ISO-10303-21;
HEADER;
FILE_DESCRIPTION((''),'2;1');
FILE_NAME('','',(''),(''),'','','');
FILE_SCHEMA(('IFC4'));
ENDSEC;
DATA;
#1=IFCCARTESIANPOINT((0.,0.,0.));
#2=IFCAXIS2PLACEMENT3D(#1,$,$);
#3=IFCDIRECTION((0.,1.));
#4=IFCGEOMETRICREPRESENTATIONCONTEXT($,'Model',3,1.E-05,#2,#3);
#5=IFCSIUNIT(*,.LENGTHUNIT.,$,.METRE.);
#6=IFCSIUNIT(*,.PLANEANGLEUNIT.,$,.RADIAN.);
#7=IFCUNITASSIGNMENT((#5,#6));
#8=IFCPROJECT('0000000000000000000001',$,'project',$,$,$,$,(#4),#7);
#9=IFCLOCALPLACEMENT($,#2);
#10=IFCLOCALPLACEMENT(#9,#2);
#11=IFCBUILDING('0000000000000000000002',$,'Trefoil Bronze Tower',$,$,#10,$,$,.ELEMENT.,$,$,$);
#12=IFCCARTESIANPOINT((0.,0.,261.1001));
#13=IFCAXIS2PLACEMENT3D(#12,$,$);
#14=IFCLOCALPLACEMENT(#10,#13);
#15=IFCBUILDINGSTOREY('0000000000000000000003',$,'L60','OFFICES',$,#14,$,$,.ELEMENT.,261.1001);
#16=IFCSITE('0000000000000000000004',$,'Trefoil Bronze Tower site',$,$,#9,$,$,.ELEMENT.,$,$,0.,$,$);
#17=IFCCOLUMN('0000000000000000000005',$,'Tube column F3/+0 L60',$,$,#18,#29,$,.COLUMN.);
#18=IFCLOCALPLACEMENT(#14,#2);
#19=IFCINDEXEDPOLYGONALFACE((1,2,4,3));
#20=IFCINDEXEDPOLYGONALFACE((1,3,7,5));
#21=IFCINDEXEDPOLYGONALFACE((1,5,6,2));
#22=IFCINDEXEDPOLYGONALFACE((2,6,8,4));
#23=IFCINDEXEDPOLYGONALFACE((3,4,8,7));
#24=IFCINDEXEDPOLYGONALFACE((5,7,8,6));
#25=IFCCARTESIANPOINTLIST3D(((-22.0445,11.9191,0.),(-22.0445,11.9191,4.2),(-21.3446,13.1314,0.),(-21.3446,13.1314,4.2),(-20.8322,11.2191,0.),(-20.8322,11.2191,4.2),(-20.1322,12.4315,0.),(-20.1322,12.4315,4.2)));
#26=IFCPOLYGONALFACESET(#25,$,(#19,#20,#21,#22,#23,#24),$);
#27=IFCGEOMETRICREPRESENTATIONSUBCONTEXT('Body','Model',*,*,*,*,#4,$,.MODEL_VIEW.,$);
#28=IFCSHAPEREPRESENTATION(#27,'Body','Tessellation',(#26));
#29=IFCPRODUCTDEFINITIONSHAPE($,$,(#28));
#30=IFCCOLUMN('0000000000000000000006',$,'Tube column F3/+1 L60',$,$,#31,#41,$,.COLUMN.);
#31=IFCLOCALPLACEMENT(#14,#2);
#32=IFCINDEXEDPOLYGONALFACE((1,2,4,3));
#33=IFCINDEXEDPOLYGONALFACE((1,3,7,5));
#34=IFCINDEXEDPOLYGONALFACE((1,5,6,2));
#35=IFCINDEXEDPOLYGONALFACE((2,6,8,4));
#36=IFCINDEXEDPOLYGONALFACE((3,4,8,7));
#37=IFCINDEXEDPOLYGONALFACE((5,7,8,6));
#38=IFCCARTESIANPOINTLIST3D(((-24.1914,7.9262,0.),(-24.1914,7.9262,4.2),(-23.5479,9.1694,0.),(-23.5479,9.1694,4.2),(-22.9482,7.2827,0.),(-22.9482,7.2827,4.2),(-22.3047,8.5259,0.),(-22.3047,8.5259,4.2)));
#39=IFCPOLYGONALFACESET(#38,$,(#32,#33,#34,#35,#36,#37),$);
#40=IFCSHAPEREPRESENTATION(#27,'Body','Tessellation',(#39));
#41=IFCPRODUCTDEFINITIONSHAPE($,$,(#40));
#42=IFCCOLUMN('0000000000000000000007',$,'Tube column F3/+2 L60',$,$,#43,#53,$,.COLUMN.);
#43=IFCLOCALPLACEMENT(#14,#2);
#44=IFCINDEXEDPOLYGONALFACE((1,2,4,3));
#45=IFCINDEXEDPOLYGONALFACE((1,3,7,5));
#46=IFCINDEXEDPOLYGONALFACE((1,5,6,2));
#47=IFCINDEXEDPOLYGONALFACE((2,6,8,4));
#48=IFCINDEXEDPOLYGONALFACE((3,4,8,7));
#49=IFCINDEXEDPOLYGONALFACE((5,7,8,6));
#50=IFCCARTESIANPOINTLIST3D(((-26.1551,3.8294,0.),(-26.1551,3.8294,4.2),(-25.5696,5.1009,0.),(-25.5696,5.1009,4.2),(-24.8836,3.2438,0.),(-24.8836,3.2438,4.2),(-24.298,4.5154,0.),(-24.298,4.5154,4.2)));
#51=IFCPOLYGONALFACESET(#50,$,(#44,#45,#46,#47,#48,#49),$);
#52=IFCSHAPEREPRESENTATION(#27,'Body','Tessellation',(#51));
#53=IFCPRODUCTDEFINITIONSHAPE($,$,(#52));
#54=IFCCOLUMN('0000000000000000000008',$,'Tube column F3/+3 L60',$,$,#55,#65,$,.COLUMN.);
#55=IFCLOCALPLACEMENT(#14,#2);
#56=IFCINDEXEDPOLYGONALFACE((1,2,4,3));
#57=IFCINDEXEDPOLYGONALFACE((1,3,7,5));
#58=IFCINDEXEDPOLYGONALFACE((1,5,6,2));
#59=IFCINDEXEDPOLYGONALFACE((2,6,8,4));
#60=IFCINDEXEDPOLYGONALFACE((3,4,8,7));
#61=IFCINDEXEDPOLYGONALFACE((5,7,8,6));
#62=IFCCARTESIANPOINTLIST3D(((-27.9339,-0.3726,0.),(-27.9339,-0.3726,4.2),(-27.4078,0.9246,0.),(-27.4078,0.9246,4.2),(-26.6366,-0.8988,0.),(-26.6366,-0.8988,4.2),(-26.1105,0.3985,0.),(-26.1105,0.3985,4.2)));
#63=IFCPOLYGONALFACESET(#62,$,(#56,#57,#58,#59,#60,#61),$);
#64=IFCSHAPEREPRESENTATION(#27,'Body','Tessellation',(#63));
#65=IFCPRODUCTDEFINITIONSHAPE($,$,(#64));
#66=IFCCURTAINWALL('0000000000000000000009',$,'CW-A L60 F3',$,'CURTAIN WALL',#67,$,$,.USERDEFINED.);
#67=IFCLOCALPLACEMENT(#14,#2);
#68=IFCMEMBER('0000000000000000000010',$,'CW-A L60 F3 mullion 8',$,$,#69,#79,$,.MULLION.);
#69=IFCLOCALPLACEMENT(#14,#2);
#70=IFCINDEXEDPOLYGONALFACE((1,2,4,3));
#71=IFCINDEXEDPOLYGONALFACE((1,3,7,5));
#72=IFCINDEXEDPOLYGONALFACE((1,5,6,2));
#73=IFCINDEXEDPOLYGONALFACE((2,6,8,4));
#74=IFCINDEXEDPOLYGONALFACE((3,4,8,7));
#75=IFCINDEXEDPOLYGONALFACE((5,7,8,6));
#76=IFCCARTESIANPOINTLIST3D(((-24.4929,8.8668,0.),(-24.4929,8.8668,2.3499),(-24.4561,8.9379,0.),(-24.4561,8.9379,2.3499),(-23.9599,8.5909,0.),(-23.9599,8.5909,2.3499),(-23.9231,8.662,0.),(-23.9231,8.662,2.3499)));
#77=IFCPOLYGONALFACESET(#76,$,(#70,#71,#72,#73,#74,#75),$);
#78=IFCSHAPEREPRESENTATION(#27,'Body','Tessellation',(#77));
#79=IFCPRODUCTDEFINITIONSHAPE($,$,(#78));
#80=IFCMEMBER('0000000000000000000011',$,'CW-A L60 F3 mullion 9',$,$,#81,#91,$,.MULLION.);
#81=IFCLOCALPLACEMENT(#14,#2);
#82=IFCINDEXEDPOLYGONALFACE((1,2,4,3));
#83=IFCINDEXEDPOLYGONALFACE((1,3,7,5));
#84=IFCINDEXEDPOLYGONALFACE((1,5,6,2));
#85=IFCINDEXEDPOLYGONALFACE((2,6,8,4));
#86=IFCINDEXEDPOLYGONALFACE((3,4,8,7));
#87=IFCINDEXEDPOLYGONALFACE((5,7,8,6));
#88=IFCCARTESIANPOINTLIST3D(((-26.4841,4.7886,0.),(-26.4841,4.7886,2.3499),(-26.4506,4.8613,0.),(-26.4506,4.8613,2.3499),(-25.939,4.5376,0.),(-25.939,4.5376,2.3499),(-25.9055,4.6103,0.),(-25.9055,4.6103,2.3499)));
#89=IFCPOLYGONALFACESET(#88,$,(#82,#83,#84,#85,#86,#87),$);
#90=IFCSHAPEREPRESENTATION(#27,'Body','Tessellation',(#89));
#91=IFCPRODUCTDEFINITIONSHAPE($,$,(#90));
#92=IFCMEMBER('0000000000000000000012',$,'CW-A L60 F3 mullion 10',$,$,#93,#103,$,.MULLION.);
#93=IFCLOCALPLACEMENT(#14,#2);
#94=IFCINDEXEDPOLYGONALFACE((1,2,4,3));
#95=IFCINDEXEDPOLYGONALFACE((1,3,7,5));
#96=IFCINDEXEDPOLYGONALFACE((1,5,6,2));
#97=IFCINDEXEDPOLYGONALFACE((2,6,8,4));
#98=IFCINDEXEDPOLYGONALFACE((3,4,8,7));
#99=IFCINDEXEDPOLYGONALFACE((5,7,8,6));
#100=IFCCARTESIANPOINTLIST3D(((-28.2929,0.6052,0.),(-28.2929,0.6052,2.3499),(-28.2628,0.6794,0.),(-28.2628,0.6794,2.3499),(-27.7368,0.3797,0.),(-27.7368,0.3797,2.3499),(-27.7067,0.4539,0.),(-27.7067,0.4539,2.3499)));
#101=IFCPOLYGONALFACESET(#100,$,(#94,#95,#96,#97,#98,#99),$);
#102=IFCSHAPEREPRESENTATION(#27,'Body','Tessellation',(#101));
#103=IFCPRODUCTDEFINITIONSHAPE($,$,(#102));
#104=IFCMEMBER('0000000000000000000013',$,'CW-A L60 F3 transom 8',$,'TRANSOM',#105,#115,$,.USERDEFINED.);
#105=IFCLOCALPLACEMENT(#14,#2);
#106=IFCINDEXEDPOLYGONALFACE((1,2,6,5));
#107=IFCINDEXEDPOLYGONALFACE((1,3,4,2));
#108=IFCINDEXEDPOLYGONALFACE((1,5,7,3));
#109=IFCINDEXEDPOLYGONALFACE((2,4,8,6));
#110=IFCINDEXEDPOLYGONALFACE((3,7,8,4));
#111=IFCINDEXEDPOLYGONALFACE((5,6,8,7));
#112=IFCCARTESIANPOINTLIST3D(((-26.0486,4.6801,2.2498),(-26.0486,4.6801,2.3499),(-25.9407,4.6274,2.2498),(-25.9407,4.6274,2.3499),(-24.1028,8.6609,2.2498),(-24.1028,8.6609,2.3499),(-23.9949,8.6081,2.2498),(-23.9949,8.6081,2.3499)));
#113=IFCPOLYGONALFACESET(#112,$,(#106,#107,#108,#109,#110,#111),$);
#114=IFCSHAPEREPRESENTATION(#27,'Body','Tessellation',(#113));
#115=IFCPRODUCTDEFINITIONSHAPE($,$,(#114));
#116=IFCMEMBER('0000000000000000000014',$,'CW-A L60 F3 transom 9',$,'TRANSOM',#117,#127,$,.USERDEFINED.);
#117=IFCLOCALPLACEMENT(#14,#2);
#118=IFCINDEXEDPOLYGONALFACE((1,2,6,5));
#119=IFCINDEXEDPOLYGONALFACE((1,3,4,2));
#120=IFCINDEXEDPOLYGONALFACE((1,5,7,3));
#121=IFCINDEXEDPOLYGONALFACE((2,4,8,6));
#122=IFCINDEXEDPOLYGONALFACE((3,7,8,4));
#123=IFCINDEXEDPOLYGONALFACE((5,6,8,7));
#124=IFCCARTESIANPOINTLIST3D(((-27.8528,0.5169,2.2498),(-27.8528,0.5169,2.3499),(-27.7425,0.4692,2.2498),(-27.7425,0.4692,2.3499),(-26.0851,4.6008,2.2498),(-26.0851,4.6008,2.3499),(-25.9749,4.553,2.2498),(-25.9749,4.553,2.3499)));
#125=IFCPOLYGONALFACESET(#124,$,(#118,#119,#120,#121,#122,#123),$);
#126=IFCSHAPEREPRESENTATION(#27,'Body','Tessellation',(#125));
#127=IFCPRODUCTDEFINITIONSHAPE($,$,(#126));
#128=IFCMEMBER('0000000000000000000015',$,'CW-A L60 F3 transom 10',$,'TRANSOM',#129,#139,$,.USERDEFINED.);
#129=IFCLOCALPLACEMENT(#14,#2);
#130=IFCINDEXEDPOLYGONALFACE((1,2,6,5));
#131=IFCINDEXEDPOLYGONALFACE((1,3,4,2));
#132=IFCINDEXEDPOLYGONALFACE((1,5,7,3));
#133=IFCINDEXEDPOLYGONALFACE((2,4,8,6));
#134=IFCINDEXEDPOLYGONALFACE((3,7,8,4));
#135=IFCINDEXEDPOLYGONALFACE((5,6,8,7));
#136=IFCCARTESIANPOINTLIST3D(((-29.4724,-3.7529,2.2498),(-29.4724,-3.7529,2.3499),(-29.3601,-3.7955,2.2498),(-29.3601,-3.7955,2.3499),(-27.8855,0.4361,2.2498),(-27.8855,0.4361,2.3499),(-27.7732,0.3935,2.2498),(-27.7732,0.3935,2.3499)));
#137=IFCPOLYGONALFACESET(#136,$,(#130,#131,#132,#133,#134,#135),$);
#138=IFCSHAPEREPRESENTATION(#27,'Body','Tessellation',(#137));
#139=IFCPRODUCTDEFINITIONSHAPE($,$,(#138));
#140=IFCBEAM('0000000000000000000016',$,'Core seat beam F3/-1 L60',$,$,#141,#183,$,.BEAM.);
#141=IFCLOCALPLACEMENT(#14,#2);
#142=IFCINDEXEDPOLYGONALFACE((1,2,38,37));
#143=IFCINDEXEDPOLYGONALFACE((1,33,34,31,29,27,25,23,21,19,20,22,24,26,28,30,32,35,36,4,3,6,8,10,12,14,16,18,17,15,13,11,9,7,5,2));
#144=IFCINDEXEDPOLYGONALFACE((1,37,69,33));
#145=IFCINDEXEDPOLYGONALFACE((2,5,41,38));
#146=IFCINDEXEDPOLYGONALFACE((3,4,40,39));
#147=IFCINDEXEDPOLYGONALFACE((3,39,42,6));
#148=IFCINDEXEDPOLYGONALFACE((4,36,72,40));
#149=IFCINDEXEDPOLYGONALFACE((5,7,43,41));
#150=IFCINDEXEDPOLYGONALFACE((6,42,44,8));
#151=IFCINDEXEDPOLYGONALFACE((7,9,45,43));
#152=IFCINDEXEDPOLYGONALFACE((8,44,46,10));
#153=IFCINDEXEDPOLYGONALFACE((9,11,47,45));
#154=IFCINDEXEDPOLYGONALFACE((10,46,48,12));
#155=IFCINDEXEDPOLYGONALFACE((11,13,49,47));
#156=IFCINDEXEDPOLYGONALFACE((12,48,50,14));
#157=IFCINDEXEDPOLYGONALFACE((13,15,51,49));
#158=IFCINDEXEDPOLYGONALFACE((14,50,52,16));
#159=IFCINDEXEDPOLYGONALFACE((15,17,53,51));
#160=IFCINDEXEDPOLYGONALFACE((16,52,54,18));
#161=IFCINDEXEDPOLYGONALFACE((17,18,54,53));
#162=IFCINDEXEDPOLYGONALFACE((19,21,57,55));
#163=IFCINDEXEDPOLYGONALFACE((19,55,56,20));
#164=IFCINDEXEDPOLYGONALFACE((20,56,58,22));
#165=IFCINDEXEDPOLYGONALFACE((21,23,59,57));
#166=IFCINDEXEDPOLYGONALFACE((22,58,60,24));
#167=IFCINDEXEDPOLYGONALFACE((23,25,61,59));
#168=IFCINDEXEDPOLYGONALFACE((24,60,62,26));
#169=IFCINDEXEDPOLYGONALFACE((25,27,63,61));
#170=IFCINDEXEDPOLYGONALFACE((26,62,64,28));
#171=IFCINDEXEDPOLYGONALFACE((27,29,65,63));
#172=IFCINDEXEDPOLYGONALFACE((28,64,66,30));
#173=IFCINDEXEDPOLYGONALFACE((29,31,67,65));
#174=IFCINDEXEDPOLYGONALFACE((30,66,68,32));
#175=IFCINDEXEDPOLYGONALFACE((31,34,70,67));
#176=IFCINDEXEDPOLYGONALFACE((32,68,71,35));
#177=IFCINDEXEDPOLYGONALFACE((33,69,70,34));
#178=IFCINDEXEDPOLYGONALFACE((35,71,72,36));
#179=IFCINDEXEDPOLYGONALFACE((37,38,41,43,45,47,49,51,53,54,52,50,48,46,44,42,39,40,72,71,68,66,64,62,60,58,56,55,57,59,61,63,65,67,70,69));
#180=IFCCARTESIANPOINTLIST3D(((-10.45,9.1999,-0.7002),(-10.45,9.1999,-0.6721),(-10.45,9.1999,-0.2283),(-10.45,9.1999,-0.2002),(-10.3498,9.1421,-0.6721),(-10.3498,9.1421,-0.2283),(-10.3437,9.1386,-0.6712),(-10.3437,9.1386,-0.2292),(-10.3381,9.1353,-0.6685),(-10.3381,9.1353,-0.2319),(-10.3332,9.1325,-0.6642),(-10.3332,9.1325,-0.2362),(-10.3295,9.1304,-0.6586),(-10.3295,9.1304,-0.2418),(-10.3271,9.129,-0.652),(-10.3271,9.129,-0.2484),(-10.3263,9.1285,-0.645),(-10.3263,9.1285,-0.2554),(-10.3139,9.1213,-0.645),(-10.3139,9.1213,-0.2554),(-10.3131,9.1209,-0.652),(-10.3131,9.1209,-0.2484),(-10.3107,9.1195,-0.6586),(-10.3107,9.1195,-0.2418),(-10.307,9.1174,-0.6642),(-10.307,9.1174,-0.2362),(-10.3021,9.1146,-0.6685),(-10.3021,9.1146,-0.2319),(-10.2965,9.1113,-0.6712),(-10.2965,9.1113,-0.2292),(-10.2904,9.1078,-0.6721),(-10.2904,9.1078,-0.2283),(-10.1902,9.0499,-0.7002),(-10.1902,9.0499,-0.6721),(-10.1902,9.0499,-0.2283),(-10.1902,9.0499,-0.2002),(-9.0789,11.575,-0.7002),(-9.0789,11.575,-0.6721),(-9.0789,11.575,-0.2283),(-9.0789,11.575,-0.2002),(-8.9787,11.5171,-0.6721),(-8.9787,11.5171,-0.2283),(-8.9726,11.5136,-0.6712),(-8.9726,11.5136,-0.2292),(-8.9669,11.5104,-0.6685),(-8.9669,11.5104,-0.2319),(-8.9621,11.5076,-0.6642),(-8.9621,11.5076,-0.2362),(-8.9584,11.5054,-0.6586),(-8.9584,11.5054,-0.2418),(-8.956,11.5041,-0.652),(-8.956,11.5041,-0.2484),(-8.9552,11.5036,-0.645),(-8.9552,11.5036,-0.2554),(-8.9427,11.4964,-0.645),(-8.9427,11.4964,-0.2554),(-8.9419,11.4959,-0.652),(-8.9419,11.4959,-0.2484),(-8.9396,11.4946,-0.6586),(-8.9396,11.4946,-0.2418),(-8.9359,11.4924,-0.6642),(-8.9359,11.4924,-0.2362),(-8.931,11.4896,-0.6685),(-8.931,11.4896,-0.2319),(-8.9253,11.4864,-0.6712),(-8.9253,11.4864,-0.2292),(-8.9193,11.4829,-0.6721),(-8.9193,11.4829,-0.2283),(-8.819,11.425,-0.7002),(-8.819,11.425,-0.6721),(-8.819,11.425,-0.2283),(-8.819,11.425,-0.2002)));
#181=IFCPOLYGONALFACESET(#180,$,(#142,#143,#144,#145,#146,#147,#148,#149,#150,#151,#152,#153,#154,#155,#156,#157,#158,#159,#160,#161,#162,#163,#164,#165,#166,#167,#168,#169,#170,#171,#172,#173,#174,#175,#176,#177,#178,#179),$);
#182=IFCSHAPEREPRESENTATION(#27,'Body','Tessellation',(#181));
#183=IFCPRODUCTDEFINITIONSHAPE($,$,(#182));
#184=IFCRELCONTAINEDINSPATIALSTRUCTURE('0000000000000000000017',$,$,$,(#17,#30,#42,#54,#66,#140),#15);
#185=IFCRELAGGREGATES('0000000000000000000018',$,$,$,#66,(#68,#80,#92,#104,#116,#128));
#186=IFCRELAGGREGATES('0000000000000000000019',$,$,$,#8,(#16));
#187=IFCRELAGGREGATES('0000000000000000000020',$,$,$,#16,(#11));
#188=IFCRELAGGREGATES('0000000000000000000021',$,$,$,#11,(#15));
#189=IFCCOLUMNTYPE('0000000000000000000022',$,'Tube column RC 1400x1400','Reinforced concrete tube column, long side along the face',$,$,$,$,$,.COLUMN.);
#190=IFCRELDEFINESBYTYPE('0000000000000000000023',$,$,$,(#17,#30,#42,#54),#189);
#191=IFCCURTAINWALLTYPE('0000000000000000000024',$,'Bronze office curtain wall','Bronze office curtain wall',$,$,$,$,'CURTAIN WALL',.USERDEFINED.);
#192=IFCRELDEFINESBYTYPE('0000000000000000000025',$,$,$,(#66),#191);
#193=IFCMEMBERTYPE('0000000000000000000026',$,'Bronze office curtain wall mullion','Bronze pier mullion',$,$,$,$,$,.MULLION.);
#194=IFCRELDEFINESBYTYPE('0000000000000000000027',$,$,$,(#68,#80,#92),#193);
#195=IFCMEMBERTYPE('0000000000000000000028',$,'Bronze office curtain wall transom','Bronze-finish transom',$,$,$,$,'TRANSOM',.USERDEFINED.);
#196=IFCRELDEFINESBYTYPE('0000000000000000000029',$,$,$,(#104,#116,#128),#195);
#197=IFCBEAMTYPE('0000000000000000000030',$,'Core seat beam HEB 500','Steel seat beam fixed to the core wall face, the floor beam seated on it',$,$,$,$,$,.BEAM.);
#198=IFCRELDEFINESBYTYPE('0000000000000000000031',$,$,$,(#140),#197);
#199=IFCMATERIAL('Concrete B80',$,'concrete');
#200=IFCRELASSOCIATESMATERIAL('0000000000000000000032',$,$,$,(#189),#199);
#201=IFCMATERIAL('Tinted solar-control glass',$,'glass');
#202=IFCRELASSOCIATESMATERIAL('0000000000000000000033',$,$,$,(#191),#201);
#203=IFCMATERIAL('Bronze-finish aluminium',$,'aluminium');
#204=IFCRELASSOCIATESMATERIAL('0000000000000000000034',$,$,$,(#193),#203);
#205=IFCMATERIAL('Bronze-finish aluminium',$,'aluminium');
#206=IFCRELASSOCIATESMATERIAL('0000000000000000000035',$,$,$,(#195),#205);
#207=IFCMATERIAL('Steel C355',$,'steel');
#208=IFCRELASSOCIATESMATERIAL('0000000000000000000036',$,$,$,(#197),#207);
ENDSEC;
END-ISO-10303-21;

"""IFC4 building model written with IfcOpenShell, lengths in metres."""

from ifc_helpers import new_model, si_unit, direction, frame, origin, origin_2d, place, context, subcontext, project, spatial, rectangle, i_section, extrude, material, material_profile, profile_set, type_object, element, aggregate, save


model = new_model("IFC4")

# Units and contexts
model_context = context("Model", 3, precision=1e-05, world=origin(), true_north=direction((0.0, 1.0)))
body_context = subcontext(model_context, "Body", "Model", "MODEL_VIEW")
ifc_project = project(units=[si_unit("LENGTHUNIT", "METRE"), si_unit("PLANEANGLEUNIT", "RADIAN")], contexts=[model_context])

# Site, building, storey
site_placement = place(None, origin())
site = spatial("IfcSite", under=ifc_project, at=site_placement, Name="Trefoil Bronze Tower site", CompositionType="ELEMENT", RefElevation=0.0)
building_placement = place(site_placement, origin())
building = spatial("IfcBuilding", under=site, at=building_placement, Name="Trefoil Bronze Tower", CompositionType="ELEMENT")
storey_placement = place(building_placement, frame((0.0, 0.0, 261.1001)))
storey = spatial("IfcBuildingStorey", under=building, at=storey_placement, Name="L60", Description="OFFICES", CompositionType="ELEMENT", Elevation=261.1001)

# Columns
ifc_material_1 = material(Name="Concrete B80", Category="concrete")
ifc_material_profile_1 = material_profile(ifc_material_1, rectangle(XDim=1.3999, YDim=1.3999, at=origin_2d()), Name="RC 1400x1400")
ifc_profile_set_1 = profile_set([ifc_material_profile_1], Name="Concrete B80")
column_type = type_object("IfcColumnType", Name="Tube column RC 1400x1400", Description="Reinforced concrete tube column, long side along the face", PredefinedType="COLUMN", material=ifc_profile_set_1)
for number, where, z_axis, x_axis, name in (
    (1, (-21.0884, 12.1753, 0.0), (0.0, 0.0, 1.0), (-0.5, -0.866025, 0.0), "Tube column F3/+0 L60"),
    (2, (-23.248, 8.2261, 0.0), (0.0, 0.0, 1.0), (-0.459673, -0.888088, 0.0), "Tube column F3/+1 L60"),
    (3, (-25.2266, 4.1724, 0.0), (0.0, 0.0, 1.0), (-0.418286, -0.908315, 0.0), "Tube column F3/+2 L60"),
    (4, (-27.0222, 0.0129, 0.0), (0.0, 0.0, 1.0), (-0.375828, -0.926689, 0.0), "Tube column F3/+3 L60"),
):
    element("IfcColumn", number, at=place(storey_placement, frame(where, z_axis=z_axis, x_axis=x_axis)), inside=storey, type_object=column_type, Name=name, PredefinedType="COLUMN", context=body_context, shape_type="SweptSolid", body=[
        extrude(rectangle(XDim=1.3999, YDim=1.3999, at=origin_2d()), origin(), (0.0, 0.0, 1.0), 4.2),
    ])

# Curtain wall, members
ifc_material_2 = material(Name="Tinted solar-control glass", Category="glass")
curtain_wall_type = type_object("IfcCurtainWallType", Name="Bronze office curtain wall", Description="Bronze office curtain wall", ElementType="CURTAIN WALL", PredefinedType="USERDEFINED", material=ifc_material_2)
curtain_wall_placement = place(storey_placement, origin())
curtain_wall = element("IfcCurtainWall", 5, at=curtain_wall_placement, inside=storey, type_object=curtain_wall_type, Name="CW-A L60 F3", ObjectType="CURTAIN WALL", PredefinedType="USERDEFINED")
ifc_material_3 = material(Name="Bronze-finish aluminium", Category="aluminium")
ifc_material_profile_2 = material_profile(ifc_material_3, rectangle(XDim=0.6001, YDim=0.0801, at=origin_2d()), Name="CW-A mullion")
ifc_profile_set_2 = profile_set([ifc_material_profile_2], Name="Bronze-finish aluminium")
member_type_1 = type_object("IfcMemberType", Name="Bronze office curtain wall mullion", Description="Bronze pier mullion", PredefinedType="MULLION", material=ifc_profile_set_2)
member_1_placement = place(storey_placement, frame((-24.208, 8.7644, 0.0), z_axis=(0.0, 0.0, 1.0), x_axis=(0.888088, -0.459673, 0.0)))
member_1 = element("IfcMember", 6, at=member_1_placement, type_object=member_type_1, Name="CW-A L60 F3 mullion 8", PredefinedType="MULLION", context=body_context, shape_type="SweptSolid", body=[
    extrude(rectangle(XDim=0.6001, YDim=0.0801, at=origin_2d()), origin(), (0.0, 0.0, 1.0), 2.3499),
])
member_2_placement = place(storey_placement, frame((-26.1948, 4.6995, 0.0), z_axis=(0.0, 0.0, 1.0), x_axis=(0.908315, -0.418286, 0.0)))
member_2 = element("IfcMember", 7, at=member_2_placement, type_object=member_type_1, Name="CW-A L60 F3 mullion 9", PredefinedType="MULLION", context=body_context, shape_type="SweptSolid", body=[
    extrude(rectangle(XDim=0.6001, YDim=0.0801, at=origin_2d()), origin(), (0.0, 0.0, 1.0), 2.3499),
])
member_3_placement = place(storey_placement, frame((-27.9998, 0.5295, 0.0), z_axis=(0.0, 0.0, 1.0), x_axis=(0.926689, -0.375828, 0.0)))
member_3 = element("IfcMember", 8, at=member_3_placement, type_object=member_type_1, Name="CW-A L60 F3 mullion 10", PredefinedType="MULLION", context=body_context, shape_type="SweptSolid", body=[
    extrude(rectangle(XDim=0.6001, YDim=0.0801, at=origin_2d()), origin(), (0.0, 0.0, 1.0), 2.3499),
])
ifc_material_4 = material(Name="Bronze-finish aluminium", Category="aluminium")
ifc_material_profile_3 = material_profile(ifc_material_4, rectangle(XDim=0.1201, YDim=0.1001, at=origin_2d()), Name="CW-A transom")
ifc_profile_set_3 = profile_set([ifc_material_profile_3], Name="Bronze-finish aluminium")
member_type_2 = type_object("IfcMemberType", Name="Bronze office curtain wall transom", Description="Bronze-finish transom", ElementType="TRANSOM", PredefinedType="USERDEFINED", material=ifc_profile_set_3)
member_4_placement = place(storey_placement, frame((-24.0488, 8.6345, 2.2998), z_axis=(-0.439151, -0.898413, 0.0), x_axis=(0.898413, -0.439151, 0.0)))
member_4 = element("IfcMember", 9, at=member_4_placement, type_object=member_type_2, Name="CW-A L60 F3 transom 8", ObjectType="TRANSOM", PredefinedType="USERDEFINED", context=body_context, shape_type="SweptSolid", body=[
    extrude(rectangle(XDim=0.1201, YDim=0.1001, at=origin_2d()), origin(), (0.0, 0.0, 1.0), 4.4309),
])
member_5_placement = place(storey_placement, frame((-26.03, 4.5769, 2.2998), z_axis=(-0.397221, -0.917723, 0.0), x_axis=(0.917723, -0.397221, 0.0)))
member_5 = element("IfcMember", 10, at=member_5_placement, type_object=member_type_2, Name="CW-A L60 F3 transom 9", ObjectType="TRANSOM", PredefinedType="USERDEFINED", context=body_context, shape_type="SweptSolid", body=[
    extrude(rectangle(XDim=0.1201, YDim=0.1001, at=origin_2d()), origin(), (0.0, 0.0, 1.0), 4.45),
])
member_6_placement = place(storey_placement, frame((-27.8293, 0.4148, 2.2998), z_axis=(-0.354263, -0.935146, 0.0), x_axis=(0.935146, -0.354263, 0.0)))
member_6 = element("IfcMember", 11, at=member_6_placement, type_object=member_type_2, Name="CW-A L60 F3 transom 10", ObjectType="TRANSOM", PredefinedType="USERDEFINED", context=body_context, shape_type="SweptSolid", body=[
    extrude(rectangle(XDim=0.1201, YDim=0.1001, at=origin_2d()), origin(), (0.0, 0.0, 1.0), 4.4795),
])

# Beam
ifc_material_5 = material(Name="Steel C355", Category="steel")
ifc_material_profile_4 = material_profile(ifc_material_5, i_section(OverallWidth=0.3, OverallDepth=0.5, WebThickness=0.0144, FlangeThickness=0.0281, FilletRadius=0.0271, at=origin_2d()), Name="HEB 500")
ifc_profile_set_4 = profile_set([ifc_material_profile_4], Name="Steel C355")
beam_type_1 = type_object("IfcBeamType", Name="Core seat beam HEB 500", Description="Steel seat beam fixed to the core wall face, the floor beam seated on it", PredefinedType="BEAM", material=ifc_profile_set_4)
for number, where, z_axis, x_axis, name in (
    (12, (-8.949, 11.5, -0.4502), (-0.499969, -0.866043, 0.0), (0.866043, -0.499969, 0.0), "Core seat beam F3/-1 L60"),
):
    element("IfcBeam", number, at=place(storey_placement, frame(where, z_axis=z_axis, x_axis=x_axis)), inside=storey, type_object=beam_type_1, Name=name, PredefinedType="BEAM", context=body_context, shape_type="SweptSolid", body=[
        extrude(i_section(OverallWidth=0.3, OverallDepth=0.5, WebThickness=0.0144, FlangeThickness=0.0281, FilletRadius=0.0271, at=origin_2d()), origin(), (0.0, 0.0, 1.0), 2.7424),
    ])

aggregate(curtain_wall, [member_1, member_2, member_3, member_4, member_5, member_6])

save(model, "model.ifc")
